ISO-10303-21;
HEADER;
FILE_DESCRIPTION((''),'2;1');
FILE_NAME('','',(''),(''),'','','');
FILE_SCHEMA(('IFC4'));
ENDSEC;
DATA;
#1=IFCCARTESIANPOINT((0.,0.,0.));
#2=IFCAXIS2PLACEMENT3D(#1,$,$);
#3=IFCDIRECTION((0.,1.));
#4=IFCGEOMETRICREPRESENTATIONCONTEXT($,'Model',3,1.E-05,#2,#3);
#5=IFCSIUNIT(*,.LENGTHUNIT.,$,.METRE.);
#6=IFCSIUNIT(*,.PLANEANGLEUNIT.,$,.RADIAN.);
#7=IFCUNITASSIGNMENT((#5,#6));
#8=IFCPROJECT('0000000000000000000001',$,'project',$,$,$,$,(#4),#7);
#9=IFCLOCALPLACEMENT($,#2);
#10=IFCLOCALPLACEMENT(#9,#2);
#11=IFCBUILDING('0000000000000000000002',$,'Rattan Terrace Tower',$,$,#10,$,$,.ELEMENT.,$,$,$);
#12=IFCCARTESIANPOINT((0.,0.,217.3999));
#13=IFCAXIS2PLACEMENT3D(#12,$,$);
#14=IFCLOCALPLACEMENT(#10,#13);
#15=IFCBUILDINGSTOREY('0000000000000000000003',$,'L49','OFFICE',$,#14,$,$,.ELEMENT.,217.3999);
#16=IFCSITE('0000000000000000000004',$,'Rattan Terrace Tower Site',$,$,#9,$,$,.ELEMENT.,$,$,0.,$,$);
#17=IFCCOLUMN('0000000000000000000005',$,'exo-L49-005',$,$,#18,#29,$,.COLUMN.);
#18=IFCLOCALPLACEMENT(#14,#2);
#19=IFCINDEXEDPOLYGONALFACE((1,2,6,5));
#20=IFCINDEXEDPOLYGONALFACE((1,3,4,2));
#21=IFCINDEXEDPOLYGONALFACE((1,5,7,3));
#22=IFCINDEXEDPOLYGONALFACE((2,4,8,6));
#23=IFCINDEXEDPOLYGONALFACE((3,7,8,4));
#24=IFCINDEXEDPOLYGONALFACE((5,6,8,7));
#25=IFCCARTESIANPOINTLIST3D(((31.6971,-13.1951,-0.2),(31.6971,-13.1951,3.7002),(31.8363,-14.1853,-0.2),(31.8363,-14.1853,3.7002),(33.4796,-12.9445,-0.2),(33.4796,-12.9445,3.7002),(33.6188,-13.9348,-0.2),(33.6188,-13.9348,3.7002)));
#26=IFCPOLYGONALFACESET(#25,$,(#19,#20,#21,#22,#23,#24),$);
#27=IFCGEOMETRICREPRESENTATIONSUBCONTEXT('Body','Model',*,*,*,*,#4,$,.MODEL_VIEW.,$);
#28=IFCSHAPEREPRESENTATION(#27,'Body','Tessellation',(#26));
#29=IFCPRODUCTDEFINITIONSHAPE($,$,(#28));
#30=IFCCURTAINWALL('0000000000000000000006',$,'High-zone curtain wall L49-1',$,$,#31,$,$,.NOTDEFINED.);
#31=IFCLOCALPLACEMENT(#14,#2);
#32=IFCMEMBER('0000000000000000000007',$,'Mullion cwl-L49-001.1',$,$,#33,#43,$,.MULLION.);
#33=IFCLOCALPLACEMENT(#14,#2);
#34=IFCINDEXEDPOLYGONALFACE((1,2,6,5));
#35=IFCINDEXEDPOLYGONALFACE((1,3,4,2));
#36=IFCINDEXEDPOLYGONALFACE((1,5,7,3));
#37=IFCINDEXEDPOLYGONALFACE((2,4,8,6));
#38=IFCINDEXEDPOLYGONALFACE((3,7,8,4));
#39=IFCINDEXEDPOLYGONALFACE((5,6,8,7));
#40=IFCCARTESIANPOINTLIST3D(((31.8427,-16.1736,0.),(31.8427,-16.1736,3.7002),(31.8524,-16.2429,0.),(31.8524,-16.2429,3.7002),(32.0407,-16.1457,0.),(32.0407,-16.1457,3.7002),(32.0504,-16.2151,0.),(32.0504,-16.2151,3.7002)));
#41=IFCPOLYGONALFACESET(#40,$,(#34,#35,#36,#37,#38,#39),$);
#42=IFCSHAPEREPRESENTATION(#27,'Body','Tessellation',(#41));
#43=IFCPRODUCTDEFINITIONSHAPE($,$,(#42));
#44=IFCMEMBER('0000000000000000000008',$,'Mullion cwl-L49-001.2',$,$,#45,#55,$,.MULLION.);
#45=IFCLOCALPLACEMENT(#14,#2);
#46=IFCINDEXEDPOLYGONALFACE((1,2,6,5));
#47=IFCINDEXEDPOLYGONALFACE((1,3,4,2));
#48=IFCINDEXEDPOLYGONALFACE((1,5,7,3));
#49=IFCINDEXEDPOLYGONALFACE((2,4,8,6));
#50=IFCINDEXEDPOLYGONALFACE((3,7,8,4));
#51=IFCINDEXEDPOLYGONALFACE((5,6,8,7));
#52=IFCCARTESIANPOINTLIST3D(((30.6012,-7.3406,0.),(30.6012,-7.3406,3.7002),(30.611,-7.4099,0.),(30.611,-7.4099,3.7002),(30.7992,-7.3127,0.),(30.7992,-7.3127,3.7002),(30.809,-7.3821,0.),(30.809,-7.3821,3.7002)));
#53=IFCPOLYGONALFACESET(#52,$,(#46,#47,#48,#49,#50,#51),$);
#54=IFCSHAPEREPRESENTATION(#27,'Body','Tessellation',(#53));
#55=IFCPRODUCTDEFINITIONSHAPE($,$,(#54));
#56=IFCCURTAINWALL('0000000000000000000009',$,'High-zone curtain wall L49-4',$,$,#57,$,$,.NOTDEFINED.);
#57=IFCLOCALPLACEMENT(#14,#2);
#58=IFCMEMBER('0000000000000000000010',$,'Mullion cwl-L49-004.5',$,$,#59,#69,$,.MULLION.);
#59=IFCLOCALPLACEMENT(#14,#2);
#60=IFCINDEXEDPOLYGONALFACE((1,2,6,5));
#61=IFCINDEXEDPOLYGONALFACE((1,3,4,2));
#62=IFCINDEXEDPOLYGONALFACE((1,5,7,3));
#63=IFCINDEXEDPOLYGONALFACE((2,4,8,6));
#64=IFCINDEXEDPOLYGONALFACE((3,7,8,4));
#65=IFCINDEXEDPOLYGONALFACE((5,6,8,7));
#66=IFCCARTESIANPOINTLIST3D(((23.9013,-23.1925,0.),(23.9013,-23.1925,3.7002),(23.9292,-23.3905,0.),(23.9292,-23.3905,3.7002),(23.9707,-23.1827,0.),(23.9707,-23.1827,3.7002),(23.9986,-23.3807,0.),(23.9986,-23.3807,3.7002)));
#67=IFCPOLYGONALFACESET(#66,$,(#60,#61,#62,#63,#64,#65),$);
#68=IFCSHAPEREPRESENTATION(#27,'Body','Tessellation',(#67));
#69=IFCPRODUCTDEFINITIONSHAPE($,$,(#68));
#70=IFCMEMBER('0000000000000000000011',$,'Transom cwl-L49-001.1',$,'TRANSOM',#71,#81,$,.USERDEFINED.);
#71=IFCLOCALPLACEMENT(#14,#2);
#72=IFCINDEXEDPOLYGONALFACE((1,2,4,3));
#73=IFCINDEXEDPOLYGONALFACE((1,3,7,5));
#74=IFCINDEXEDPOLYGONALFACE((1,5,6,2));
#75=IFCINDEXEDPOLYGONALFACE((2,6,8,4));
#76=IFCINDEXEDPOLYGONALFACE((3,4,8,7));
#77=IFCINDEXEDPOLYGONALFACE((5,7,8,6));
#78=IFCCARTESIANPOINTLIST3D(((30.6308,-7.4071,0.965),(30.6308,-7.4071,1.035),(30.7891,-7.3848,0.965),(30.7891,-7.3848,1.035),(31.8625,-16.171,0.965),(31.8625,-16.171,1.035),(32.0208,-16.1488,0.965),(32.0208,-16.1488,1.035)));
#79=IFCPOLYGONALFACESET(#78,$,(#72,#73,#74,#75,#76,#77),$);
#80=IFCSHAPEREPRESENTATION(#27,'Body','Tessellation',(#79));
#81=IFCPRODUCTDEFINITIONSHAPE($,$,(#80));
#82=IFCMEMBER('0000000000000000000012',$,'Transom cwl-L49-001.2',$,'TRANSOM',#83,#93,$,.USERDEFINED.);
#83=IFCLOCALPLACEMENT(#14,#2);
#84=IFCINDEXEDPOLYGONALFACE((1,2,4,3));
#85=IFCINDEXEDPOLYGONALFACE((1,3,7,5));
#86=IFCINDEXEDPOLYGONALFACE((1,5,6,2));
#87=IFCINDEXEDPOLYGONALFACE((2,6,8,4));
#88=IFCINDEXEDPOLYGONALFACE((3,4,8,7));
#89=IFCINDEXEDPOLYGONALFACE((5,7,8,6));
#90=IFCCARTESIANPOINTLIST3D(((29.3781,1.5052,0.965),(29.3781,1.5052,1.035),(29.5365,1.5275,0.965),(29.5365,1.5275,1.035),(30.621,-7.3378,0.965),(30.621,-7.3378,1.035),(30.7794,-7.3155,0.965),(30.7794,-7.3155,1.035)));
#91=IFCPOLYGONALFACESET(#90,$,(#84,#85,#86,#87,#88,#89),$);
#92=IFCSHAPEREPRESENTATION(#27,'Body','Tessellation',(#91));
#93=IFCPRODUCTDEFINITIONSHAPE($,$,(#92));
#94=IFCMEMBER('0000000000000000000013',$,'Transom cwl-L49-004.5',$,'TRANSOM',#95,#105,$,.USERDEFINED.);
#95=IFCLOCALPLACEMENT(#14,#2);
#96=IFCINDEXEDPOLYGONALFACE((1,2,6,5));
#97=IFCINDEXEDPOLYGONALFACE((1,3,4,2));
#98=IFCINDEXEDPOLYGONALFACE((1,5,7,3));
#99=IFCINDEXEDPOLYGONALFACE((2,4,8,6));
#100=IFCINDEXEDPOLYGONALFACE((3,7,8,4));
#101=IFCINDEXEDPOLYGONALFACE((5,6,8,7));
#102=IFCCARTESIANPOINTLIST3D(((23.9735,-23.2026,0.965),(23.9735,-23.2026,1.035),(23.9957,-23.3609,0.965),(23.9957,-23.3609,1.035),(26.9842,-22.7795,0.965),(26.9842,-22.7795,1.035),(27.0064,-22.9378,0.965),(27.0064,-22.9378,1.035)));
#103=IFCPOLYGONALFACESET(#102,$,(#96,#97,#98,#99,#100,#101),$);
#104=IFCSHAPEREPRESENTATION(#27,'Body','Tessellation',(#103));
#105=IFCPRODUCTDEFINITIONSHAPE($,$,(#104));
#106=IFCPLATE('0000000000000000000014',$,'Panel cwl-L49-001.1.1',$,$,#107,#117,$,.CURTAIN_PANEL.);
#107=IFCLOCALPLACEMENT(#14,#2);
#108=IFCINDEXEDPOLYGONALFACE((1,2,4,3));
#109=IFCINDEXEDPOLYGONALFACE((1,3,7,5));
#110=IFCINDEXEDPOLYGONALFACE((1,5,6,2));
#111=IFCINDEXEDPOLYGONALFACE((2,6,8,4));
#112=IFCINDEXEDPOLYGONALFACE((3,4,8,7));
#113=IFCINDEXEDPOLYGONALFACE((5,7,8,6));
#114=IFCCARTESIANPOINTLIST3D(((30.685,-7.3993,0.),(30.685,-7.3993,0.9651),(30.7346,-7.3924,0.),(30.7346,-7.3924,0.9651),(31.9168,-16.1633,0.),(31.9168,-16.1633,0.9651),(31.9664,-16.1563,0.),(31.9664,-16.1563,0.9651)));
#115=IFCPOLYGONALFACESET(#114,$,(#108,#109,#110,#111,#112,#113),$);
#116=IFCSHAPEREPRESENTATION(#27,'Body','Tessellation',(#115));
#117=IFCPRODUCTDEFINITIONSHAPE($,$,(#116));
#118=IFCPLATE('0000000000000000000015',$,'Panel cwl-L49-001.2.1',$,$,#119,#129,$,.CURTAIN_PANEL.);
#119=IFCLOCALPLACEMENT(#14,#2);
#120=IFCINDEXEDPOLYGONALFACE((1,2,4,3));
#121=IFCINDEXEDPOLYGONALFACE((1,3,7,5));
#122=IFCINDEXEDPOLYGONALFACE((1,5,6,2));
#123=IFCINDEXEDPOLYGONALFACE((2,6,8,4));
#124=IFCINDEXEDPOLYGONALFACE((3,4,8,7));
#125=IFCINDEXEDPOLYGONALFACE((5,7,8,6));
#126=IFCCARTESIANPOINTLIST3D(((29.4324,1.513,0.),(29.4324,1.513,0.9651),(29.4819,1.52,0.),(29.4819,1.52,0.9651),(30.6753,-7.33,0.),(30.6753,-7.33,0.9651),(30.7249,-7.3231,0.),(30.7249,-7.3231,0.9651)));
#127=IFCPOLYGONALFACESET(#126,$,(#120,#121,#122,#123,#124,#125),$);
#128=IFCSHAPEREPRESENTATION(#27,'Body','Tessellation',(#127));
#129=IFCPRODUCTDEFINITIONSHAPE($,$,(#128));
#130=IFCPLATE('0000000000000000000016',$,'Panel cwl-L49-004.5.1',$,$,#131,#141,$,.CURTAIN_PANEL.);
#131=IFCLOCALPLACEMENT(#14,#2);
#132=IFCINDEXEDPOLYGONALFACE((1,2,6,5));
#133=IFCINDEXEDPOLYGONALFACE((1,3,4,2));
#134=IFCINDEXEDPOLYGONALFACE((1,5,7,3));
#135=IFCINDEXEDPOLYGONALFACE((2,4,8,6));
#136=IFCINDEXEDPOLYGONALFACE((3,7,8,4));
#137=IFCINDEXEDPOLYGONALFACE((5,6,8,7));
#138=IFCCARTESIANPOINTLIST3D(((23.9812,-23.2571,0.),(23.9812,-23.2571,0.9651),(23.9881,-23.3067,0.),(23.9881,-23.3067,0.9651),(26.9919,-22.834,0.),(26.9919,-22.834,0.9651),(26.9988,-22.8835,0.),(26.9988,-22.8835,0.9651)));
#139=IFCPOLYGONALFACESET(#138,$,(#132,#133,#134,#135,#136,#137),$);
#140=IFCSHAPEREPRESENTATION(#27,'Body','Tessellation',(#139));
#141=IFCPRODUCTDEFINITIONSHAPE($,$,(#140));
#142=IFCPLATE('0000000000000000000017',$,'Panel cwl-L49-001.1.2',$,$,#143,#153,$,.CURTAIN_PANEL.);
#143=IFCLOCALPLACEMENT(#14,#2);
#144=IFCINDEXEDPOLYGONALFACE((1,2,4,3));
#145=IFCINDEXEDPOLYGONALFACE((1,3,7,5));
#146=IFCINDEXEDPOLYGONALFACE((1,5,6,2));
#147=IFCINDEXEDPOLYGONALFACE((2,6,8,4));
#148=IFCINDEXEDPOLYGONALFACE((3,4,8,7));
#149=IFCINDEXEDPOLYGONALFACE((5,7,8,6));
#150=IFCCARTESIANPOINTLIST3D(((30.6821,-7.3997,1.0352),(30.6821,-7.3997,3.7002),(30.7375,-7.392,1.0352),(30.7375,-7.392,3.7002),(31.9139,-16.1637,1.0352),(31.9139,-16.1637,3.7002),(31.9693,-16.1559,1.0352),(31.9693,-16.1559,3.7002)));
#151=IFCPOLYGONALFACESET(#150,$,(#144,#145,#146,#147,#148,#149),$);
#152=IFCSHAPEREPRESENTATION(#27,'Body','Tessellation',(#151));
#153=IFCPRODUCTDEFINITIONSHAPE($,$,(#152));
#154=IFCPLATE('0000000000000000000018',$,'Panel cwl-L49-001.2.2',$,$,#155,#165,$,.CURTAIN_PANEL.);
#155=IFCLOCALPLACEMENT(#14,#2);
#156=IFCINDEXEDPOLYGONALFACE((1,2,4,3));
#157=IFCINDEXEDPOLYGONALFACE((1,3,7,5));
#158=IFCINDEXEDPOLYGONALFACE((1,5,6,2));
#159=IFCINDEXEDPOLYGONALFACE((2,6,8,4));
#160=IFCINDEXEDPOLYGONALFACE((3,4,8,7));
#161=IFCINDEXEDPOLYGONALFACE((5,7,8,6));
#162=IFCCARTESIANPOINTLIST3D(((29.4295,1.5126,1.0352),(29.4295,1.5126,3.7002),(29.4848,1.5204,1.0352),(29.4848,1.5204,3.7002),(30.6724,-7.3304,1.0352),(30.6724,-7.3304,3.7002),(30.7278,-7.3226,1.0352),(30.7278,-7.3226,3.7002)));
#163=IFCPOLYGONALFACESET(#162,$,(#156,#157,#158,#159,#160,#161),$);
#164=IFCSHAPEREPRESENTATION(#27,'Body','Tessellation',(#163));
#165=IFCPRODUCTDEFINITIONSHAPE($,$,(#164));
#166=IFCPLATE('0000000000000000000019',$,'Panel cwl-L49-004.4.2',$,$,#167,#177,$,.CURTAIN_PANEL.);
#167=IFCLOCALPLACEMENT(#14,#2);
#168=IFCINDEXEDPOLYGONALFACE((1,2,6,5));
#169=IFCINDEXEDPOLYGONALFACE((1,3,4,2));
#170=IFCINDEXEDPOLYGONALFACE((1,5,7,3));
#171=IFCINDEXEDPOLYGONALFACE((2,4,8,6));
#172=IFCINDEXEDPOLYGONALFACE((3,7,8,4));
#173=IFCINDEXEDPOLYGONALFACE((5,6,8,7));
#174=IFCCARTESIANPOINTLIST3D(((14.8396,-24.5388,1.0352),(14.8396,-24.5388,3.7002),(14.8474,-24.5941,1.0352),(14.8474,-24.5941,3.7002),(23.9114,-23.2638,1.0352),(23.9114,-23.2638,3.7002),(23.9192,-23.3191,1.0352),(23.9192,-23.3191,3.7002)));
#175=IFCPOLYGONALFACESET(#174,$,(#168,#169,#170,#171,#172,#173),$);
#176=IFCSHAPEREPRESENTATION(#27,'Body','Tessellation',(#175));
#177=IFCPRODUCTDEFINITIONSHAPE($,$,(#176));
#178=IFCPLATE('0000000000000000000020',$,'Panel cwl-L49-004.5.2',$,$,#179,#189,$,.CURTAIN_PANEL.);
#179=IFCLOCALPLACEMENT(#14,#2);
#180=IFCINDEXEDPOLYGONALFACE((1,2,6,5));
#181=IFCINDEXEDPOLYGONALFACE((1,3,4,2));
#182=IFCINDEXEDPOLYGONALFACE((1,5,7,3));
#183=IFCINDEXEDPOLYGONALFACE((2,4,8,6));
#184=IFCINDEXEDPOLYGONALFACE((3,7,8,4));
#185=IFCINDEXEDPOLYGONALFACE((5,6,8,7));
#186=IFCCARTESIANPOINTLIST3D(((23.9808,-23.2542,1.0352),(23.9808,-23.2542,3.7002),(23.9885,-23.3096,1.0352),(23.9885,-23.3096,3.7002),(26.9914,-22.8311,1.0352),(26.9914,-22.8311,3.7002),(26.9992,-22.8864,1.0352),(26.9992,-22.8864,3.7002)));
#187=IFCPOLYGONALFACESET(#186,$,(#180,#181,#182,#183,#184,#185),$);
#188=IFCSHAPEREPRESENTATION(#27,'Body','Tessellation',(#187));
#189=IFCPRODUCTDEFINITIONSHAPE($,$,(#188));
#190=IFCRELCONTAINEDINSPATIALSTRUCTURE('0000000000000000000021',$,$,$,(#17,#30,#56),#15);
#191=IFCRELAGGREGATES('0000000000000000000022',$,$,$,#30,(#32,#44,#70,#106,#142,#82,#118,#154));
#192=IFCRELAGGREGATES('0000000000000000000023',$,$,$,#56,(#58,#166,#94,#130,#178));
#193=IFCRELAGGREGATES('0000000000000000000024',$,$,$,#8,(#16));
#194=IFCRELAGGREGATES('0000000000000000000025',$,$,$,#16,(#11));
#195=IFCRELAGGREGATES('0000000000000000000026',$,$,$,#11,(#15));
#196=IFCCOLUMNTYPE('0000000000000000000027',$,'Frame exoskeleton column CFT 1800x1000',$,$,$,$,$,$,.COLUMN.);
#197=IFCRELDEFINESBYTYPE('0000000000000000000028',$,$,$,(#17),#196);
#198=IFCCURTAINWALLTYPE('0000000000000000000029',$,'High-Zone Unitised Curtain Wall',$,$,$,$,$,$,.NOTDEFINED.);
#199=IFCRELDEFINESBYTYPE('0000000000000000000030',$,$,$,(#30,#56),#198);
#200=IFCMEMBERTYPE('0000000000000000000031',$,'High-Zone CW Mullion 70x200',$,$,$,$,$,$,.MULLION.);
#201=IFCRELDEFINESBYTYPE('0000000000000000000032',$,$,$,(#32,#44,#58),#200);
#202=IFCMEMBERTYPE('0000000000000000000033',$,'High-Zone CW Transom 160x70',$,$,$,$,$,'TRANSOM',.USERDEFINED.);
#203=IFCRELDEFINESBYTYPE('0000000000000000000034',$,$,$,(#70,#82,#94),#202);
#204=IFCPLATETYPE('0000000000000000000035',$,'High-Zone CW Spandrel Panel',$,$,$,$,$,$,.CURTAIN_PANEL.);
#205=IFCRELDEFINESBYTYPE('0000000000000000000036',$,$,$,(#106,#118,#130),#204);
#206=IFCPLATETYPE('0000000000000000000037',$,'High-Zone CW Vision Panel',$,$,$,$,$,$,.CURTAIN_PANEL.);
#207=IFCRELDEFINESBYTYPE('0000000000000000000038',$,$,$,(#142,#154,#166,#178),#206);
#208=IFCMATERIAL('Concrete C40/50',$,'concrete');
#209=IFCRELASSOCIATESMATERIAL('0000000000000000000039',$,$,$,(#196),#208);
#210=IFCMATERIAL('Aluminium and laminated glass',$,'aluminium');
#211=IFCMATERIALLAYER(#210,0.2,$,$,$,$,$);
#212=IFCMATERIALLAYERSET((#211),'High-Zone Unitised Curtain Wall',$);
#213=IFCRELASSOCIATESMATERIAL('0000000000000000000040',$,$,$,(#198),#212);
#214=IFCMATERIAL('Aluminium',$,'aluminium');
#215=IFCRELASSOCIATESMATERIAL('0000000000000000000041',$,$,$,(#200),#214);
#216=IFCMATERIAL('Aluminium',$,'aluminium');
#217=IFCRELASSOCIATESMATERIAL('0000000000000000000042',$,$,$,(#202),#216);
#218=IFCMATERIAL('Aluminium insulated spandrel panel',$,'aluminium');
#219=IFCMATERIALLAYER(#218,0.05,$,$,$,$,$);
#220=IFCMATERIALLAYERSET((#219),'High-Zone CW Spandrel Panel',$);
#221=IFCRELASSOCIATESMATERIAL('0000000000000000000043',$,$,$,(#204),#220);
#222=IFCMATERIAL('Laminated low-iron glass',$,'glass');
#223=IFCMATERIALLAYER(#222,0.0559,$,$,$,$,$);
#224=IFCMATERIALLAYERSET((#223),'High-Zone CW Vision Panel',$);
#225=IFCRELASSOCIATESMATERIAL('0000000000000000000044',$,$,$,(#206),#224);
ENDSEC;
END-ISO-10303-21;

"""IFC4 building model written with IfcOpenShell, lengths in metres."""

from ifc_helpers import new_model, si_unit, direction, frame, origin, origin_2d, place, context, subcontext, project, spatial, rectangle, extrude, material, layer, layer_set, material_profile, profile_set, type_object, element, aggregate, save


model = new_model("IFC4")

# Units and contexts
model_context = context("Model", 3, precision=1e-05, world=origin(), true_north=direction((0.0, 1.0)))
body_context = subcontext(model_context, "Body", "Model", "MODEL_VIEW")
ifc_project = project(units=[si_unit("LENGTHUNIT", "METRE"), si_unit("PLANEANGLEUNIT", "RADIAN")], contexts=[model_context])

# Site, building, storey
site_placement = place(None, origin())
site = spatial("IfcSite", under=ifc_project, at=site_placement, Name="Rattan Terrace Tower Site", CompositionType="ELEMENT", RefElevation=0.0)
building_placement = place(site_placement, origin())
building = spatial("IfcBuilding", under=site, at=building_placement, Name="Rattan Terrace Tower", CompositionType="ELEMENT")
storey_placement = place(building_placement, frame((0.0, 0.0, 217.3999)))
storey = spatial("IfcBuildingStorey", under=building, at=storey_placement, Name="L49", Description="OFFICE", CompositionType="ELEMENT", Elevation=217.3999)

# Column
ifc_material_1 = material(Name="Concrete C40/50", Category="concrete")
ifc_material_profile_1 = material_profile(ifc_material_1, rectangle(XDim=1.0, YDim=1.8, at=origin_2d()), Name="CFT 1800x1000")
ifc_profile_set_1 = profile_set([ifc_material_profile_1], Name="Concrete C40/50")
column_type = type_object("IfcColumnType", Name="Frame exoskeleton column CFT 1800x1000", PredefinedType="COLUMN", material=ifc_profile_set_1)
column_placement = place(storey_placement, frame((32.658, -13.5649, -0.2), z_axis=(0.0, 0.0, 1.0), x_axis=(-0.13919, 0.990266, 0.0)))
element("IfcColumn", 1, at=column_placement, inside=storey, type_object=column_type, Name="exo-L49-005", PredefinedType="COLUMN", context=body_context, shape_type="SweptSolid", body=[
    extrude(rectangle(XDim=1.0, YDim=1.8, at=origin_2d()), origin(), (0.0, 0.0, 1.0), 3.9001),
])

# Curtain wall, members
ifc_material_2 = material(Name="Aluminium and laminated glass", Category="aluminium")
ifc_layer_1 = layer(ifc_material_2, 0.2)
ifc_layer_set_1 = layer_set([ifc_layer_1], Name="High-Zone Unitised Curtain Wall")
curtain_wall_type = type_object("IfcCurtainWallType", Name="High-Zone Unitised Curtain Wall", PredefinedType="NOTDEFINED", material=ifc_layer_set_1)
curtain_wall_1_placement = place(storey_placement, origin())
curtain_wall_1 = element("IfcCurtainWall", 2, at=curtain_wall_1_placement, inside=storey, type_object=curtain_wall_type, Name="High-zone curtain wall L49-1", PredefinedType="NOTDEFINED")
ifc_material_3 = material(Name="Aluminium", Category="aluminium")
ifc_material_profile_2 = material_profile(ifc_material_3, rectangle(XDim=0.0701, YDim=0.2, at=origin_2d()), Name="Aluminium 70x200")
ifc_profile_set_2 = profile_set([ifc_material_profile_2], Name="Aluminium")
member_type_1 = type_object("IfcMemberType", Name="High-Zone CW Mullion 70x200", PredefinedType="MULLION", material=ifc_profile_set_2)
member_1_placement = place(storey_placement, frame((31.9465, -16.1943, 0.0), z_axis=(0.0, 0.0, 1.0), x_axis=(-0.139186, 0.990266, 0.0)))
member_1 = element("IfcMember", 3, at=member_1_placement, type_object=member_type_1, Name="Mullion cwl-L49-001.1", PredefinedType="MULLION", context=body_context, shape_type="SweptSolid", body=[
    extrude(rectangle(XDim=0.0701, YDim=0.2, at=origin_2d()), origin(), (0.0, 0.0, 1.0), 3.7002),
])
member_2_placement = place(storey_placement, frame((30.7051, -7.3613, 0.0), z_axis=(0.0, 0.0, 1.0), x_axis=(-0.139186, 0.990266, 0.0)))
member_2 = element("IfcMember", 4, at=member_2_placement, type_object=member_type_1, Name="Mullion cwl-L49-001.2", PredefinedType="MULLION", context=body_context, shape_type="SweptSolid", body=[
    extrude(rectangle(XDim=0.0701, YDim=0.2, at=origin_2d()), origin(), (0.0, 0.0, 1.0), 3.7002),
])

# Curtain wall, member
curtain_wall_2_placement = place(storey_placement, origin())
curtain_wall_2 = element("IfcCurtainWall", 5, at=curtain_wall_2_placement, inside=storey, type_object=curtain_wall_type, Name="High-zone curtain wall L49-4", PredefinedType="NOTDEFINED")
member_3_placement = place(storey_placement, frame((23.95, -23.2866, 0.0), z_axis=(0.0, 0.0, 1.0), x_axis=(0.990267, 0.139177, 0.0)))
member_3 = element("IfcMember", 6, at=member_3_placement, type_object=member_type_1, Name="Mullion cwl-L49-004.5", PredefinedType="MULLION", context=body_context, shape_type="SweptSolid", body=[
    extrude(rectangle(XDim=0.0701, YDim=0.2, at=origin_2d()), origin(), (0.0, 0.0, 1.0), 3.7002),
])

# Members
ifc_material_4 = material(Name="Aluminium", Category="aluminium")
ifc_material_profile_3 = material_profile(ifc_material_4, rectangle(XDim=0.1599, YDim=0.0701, at=origin_2d()), Name="Aluminium 160x70")
ifc_profile_set_3 = profile_set([ifc_material_profile_3], Name="Aluminium")
member_type_2 = type_object("IfcMemberType", Name="High-Zone CW Transom 160x70", ElementType="TRANSOM", PredefinedType="USERDEFINED", material=ifc_profile_set_3)
member_4_placement = place(storey_placement, frame((31.9417, -16.1599, 1.0), z_axis=(-0.139173, 0.990268, 0.0), x_axis=(-0.990268, -0.139173, 0.0)))
member_4 = element("IfcMember", 7, at=member_4_placement, type_object=member_type_2, Name="Transom cwl-L49-001.1", ObjectType="TRANSOM", PredefinedType="USERDEFINED", context=body_context, shape_type="SweptSolid", body=[
    extrude(rectangle(XDim=0.1599, YDim=0.0701, at=origin_2d()), origin(), (0.0, 0.0, 1.0), 8.8501),
])
member_5_placement = place(storey_placement, frame((30.7002, -7.3267, 1.0), z_axis=(-0.139186, 0.990266, 0.0), x_axis=(-0.990266, -0.139186, 0.0)))
member_5 = element("IfcMember", 8, at=member_5_placement, type_object=member_type_2, Name="Transom cwl-L49-001.2", ObjectType="TRANSOM", PredefinedType="USERDEFINED", context=body_context, shape_type="SweptSolid", body=[
    extrude(rectangle(XDim=0.1599, YDim=0.0701, at=origin_2d()), origin(), (0.0, 0.0, 1.0), 8.9299),
])
member_6_placement = place(storey_placement, frame((23.9846, -23.2817, 1.0), z_axis=(0.99027, 0.139161, 0.0), x_axis=(-0.139161, 0.99027, 0.0)))
member_6 = element("IfcMember", 9, at=member_6_placement, type_object=member_type_2, Name="Transom cwl-L49-004.5", ObjectType="TRANSOM", PredefinedType="USERDEFINED", context=body_context, shape_type="SweptSolid", body=[
    extrude(rectangle(XDim=0.1599, YDim=0.0701, at=origin_2d()), origin(), (0.0, 0.0, 1.0), 3.0403),
])

# Plates
ifc_material_5 = material(Name="Aluminium insulated spandrel panel", Category="aluminium")
ifc_layer_2 = layer(ifc_material_5, 0.05)
ifc_layer_set_2 = layer_set([ifc_layer_2], Name="High-Zone CW Spandrel Panel")
plate_type_1 = type_object("IfcPlateType", Name="High-Zone CW Spandrel Panel", PredefinedType="CURTAIN_PANEL", material=ifc_layer_set_2)
plate_1_placement = place(storey_placement, frame((31.3257, -11.7778, 0.0), z_axis=(0.0, 0.0, 1.0), x_axis=(-0.139186, 0.990266, 0.0)))
plate_1 = element("IfcPlate", 10, at=plate_1_placement, type_object=plate_type_1, Name="Panel cwl-L49-001.1.1", PredefinedType="CURTAIN_PANEL", context=body_context, shape_type="SweptSolid", body=[
    extrude(rectangle(XDim=8.8501, YDim=0.05, at=origin_2d()), origin(), (0.0, 0.0, 1.0), 0.9651),
])
plate_2_placement = place(storey_placement, frame((30.0786, -2.905, 0.0), z_axis=(0.0, 0.0, 1.0), x_axis=(-0.139186, 0.990266, 0.0)))
plate_2 = element("IfcPlate", 11, at=plate_2_placement, type_object=plate_type_1, Name="Panel cwl-L49-001.2.1", PredefinedType="CURTAIN_PANEL", context=body_context, shape_type="SweptSolid", body=[
    extrude(rectangle(XDim=8.9299, YDim=0.05, at=origin_2d()), origin(), (0.0, 0.0, 1.0), 0.9651),
])
plate_3_placement = place(storey_placement, frame((25.49, -23.0703, 0.0), z_axis=(0.0, 0.0, 1.0), x_axis=(0.990267, 0.139177, 0.0)))
plate_3 = element("IfcPlate", 12, at=plate_3_placement, type_object=plate_type_1, Name="Panel cwl-L49-004.5.1", PredefinedType="CURTAIN_PANEL", context=body_context, shape_type="SweptSolid", body=[
    extrude(rectangle(XDim=3.0403, YDim=0.05, at=origin_2d()), origin(), (0.0, 0.0, 1.0), 0.9651),
])
ifc_material_6 = material(Name="Laminated low-iron glass", Category="glass")
ifc_layer_3 = layer(ifc_material_6, 0.0559)
ifc_layer_set_3 = layer_set([ifc_layer_3], Name="High-Zone CW Vision Panel")
plate_type_2 = type_object("IfcPlateType", Name="High-Zone CW Vision Panel", PredefinedType="CURTAIN_PANEL", material=ifc_layer_set_3)
plate_4_placement = place(storey_placement, frame((31.3257, -11.7778, 1.0352), z_axis=(0.0, 0.0, 1.0), x_axis=(-0.139186, 0.990266, 0.0)))
plate_4 = element("IfcPlate", 13, at=plate_4_placement, type_object=plate_type_2, Name="Panel cwl-L49-001.1.2", PredefinedType="CURTAIN_PANEL", context=body_context, shape_type="SweptSolid", body=[
    extrude(rectangle(XDim=8.8501, YDim=0.0559, at=origin_2d()), origin(), (0.0, 0.0, 1.0), 2.665),
])
plate_5_placement = place(storey_placement, frame((30.0786, -2.905, 1.0352), z_axis=(0.0, 0.0, 1.0), x_axis=(-0.139186, 0.990266, 0.0)))
plate_5 = element("IfcPlate", 14, at=plate_5_placement, type_object=plate_type_2, Name="Panel cwl-L49-001.2.2", PredefinedType="CURTAIN_PANEL", context=body_context, shape_type="SweptSolid", body=[
    extrude(rectangle(XDim=8.9299, YDim=0.0559, at=origin_2d()), origin(), (0.0, 0.0, 1.0), 2.665),
])
aggregate(curtain_wall_1, [member_1, member_2, member_4, plate_1, plate_4, member_5, plate_2, plate_5])
plate_6_placement = place(storey_placement, frame((19.3794, -23.929, 1.0352), z_axis=(0.0, 0.0, 1.0), x_axis=(0.990267, 0.139177, 0.0)))
plate_6 = element("IfcPlate", 15, at=plate_6_placement, type_object=plate_type_2, Name="Panel cwl-L49-004.4.2", PredefinedType="CURTAIN_PANEL", context=body_context, shape_type="SweptSolid", body=[
    extrude(rectangle(XDim=9.1609, YDim=0.0559, at=origin_2d()), origin(), (0.0, 0.0, 1.0), 2.665),
])
plate_7_placement = place(storey_placement, frame((25.49, -23.0703, 1.0352), z_axis=(0.0, 0.0, 1.0), x_axis=(0.990267, 0.139177, 0.0)))
plate_7 = element("IfcPlate", 16, at=plate_7_placement, type_object=plate_type_2, Name="Panel cwl-L49-004.5.2", PredefinedType="CURTAIN_PANEL", context=body_context, shape_type="SweptSolid", body=[
    extrude(rectangle(XDim=3.0403, YDim=0.0559, at=origin_2d()), origin(), (0.0, 0.0, 1.0), 2.665),
])
aggregate(curtain_wall_2, [member_3, plate_6, member_6, plate_3, plate_7])

save(model, "model.ifc")
